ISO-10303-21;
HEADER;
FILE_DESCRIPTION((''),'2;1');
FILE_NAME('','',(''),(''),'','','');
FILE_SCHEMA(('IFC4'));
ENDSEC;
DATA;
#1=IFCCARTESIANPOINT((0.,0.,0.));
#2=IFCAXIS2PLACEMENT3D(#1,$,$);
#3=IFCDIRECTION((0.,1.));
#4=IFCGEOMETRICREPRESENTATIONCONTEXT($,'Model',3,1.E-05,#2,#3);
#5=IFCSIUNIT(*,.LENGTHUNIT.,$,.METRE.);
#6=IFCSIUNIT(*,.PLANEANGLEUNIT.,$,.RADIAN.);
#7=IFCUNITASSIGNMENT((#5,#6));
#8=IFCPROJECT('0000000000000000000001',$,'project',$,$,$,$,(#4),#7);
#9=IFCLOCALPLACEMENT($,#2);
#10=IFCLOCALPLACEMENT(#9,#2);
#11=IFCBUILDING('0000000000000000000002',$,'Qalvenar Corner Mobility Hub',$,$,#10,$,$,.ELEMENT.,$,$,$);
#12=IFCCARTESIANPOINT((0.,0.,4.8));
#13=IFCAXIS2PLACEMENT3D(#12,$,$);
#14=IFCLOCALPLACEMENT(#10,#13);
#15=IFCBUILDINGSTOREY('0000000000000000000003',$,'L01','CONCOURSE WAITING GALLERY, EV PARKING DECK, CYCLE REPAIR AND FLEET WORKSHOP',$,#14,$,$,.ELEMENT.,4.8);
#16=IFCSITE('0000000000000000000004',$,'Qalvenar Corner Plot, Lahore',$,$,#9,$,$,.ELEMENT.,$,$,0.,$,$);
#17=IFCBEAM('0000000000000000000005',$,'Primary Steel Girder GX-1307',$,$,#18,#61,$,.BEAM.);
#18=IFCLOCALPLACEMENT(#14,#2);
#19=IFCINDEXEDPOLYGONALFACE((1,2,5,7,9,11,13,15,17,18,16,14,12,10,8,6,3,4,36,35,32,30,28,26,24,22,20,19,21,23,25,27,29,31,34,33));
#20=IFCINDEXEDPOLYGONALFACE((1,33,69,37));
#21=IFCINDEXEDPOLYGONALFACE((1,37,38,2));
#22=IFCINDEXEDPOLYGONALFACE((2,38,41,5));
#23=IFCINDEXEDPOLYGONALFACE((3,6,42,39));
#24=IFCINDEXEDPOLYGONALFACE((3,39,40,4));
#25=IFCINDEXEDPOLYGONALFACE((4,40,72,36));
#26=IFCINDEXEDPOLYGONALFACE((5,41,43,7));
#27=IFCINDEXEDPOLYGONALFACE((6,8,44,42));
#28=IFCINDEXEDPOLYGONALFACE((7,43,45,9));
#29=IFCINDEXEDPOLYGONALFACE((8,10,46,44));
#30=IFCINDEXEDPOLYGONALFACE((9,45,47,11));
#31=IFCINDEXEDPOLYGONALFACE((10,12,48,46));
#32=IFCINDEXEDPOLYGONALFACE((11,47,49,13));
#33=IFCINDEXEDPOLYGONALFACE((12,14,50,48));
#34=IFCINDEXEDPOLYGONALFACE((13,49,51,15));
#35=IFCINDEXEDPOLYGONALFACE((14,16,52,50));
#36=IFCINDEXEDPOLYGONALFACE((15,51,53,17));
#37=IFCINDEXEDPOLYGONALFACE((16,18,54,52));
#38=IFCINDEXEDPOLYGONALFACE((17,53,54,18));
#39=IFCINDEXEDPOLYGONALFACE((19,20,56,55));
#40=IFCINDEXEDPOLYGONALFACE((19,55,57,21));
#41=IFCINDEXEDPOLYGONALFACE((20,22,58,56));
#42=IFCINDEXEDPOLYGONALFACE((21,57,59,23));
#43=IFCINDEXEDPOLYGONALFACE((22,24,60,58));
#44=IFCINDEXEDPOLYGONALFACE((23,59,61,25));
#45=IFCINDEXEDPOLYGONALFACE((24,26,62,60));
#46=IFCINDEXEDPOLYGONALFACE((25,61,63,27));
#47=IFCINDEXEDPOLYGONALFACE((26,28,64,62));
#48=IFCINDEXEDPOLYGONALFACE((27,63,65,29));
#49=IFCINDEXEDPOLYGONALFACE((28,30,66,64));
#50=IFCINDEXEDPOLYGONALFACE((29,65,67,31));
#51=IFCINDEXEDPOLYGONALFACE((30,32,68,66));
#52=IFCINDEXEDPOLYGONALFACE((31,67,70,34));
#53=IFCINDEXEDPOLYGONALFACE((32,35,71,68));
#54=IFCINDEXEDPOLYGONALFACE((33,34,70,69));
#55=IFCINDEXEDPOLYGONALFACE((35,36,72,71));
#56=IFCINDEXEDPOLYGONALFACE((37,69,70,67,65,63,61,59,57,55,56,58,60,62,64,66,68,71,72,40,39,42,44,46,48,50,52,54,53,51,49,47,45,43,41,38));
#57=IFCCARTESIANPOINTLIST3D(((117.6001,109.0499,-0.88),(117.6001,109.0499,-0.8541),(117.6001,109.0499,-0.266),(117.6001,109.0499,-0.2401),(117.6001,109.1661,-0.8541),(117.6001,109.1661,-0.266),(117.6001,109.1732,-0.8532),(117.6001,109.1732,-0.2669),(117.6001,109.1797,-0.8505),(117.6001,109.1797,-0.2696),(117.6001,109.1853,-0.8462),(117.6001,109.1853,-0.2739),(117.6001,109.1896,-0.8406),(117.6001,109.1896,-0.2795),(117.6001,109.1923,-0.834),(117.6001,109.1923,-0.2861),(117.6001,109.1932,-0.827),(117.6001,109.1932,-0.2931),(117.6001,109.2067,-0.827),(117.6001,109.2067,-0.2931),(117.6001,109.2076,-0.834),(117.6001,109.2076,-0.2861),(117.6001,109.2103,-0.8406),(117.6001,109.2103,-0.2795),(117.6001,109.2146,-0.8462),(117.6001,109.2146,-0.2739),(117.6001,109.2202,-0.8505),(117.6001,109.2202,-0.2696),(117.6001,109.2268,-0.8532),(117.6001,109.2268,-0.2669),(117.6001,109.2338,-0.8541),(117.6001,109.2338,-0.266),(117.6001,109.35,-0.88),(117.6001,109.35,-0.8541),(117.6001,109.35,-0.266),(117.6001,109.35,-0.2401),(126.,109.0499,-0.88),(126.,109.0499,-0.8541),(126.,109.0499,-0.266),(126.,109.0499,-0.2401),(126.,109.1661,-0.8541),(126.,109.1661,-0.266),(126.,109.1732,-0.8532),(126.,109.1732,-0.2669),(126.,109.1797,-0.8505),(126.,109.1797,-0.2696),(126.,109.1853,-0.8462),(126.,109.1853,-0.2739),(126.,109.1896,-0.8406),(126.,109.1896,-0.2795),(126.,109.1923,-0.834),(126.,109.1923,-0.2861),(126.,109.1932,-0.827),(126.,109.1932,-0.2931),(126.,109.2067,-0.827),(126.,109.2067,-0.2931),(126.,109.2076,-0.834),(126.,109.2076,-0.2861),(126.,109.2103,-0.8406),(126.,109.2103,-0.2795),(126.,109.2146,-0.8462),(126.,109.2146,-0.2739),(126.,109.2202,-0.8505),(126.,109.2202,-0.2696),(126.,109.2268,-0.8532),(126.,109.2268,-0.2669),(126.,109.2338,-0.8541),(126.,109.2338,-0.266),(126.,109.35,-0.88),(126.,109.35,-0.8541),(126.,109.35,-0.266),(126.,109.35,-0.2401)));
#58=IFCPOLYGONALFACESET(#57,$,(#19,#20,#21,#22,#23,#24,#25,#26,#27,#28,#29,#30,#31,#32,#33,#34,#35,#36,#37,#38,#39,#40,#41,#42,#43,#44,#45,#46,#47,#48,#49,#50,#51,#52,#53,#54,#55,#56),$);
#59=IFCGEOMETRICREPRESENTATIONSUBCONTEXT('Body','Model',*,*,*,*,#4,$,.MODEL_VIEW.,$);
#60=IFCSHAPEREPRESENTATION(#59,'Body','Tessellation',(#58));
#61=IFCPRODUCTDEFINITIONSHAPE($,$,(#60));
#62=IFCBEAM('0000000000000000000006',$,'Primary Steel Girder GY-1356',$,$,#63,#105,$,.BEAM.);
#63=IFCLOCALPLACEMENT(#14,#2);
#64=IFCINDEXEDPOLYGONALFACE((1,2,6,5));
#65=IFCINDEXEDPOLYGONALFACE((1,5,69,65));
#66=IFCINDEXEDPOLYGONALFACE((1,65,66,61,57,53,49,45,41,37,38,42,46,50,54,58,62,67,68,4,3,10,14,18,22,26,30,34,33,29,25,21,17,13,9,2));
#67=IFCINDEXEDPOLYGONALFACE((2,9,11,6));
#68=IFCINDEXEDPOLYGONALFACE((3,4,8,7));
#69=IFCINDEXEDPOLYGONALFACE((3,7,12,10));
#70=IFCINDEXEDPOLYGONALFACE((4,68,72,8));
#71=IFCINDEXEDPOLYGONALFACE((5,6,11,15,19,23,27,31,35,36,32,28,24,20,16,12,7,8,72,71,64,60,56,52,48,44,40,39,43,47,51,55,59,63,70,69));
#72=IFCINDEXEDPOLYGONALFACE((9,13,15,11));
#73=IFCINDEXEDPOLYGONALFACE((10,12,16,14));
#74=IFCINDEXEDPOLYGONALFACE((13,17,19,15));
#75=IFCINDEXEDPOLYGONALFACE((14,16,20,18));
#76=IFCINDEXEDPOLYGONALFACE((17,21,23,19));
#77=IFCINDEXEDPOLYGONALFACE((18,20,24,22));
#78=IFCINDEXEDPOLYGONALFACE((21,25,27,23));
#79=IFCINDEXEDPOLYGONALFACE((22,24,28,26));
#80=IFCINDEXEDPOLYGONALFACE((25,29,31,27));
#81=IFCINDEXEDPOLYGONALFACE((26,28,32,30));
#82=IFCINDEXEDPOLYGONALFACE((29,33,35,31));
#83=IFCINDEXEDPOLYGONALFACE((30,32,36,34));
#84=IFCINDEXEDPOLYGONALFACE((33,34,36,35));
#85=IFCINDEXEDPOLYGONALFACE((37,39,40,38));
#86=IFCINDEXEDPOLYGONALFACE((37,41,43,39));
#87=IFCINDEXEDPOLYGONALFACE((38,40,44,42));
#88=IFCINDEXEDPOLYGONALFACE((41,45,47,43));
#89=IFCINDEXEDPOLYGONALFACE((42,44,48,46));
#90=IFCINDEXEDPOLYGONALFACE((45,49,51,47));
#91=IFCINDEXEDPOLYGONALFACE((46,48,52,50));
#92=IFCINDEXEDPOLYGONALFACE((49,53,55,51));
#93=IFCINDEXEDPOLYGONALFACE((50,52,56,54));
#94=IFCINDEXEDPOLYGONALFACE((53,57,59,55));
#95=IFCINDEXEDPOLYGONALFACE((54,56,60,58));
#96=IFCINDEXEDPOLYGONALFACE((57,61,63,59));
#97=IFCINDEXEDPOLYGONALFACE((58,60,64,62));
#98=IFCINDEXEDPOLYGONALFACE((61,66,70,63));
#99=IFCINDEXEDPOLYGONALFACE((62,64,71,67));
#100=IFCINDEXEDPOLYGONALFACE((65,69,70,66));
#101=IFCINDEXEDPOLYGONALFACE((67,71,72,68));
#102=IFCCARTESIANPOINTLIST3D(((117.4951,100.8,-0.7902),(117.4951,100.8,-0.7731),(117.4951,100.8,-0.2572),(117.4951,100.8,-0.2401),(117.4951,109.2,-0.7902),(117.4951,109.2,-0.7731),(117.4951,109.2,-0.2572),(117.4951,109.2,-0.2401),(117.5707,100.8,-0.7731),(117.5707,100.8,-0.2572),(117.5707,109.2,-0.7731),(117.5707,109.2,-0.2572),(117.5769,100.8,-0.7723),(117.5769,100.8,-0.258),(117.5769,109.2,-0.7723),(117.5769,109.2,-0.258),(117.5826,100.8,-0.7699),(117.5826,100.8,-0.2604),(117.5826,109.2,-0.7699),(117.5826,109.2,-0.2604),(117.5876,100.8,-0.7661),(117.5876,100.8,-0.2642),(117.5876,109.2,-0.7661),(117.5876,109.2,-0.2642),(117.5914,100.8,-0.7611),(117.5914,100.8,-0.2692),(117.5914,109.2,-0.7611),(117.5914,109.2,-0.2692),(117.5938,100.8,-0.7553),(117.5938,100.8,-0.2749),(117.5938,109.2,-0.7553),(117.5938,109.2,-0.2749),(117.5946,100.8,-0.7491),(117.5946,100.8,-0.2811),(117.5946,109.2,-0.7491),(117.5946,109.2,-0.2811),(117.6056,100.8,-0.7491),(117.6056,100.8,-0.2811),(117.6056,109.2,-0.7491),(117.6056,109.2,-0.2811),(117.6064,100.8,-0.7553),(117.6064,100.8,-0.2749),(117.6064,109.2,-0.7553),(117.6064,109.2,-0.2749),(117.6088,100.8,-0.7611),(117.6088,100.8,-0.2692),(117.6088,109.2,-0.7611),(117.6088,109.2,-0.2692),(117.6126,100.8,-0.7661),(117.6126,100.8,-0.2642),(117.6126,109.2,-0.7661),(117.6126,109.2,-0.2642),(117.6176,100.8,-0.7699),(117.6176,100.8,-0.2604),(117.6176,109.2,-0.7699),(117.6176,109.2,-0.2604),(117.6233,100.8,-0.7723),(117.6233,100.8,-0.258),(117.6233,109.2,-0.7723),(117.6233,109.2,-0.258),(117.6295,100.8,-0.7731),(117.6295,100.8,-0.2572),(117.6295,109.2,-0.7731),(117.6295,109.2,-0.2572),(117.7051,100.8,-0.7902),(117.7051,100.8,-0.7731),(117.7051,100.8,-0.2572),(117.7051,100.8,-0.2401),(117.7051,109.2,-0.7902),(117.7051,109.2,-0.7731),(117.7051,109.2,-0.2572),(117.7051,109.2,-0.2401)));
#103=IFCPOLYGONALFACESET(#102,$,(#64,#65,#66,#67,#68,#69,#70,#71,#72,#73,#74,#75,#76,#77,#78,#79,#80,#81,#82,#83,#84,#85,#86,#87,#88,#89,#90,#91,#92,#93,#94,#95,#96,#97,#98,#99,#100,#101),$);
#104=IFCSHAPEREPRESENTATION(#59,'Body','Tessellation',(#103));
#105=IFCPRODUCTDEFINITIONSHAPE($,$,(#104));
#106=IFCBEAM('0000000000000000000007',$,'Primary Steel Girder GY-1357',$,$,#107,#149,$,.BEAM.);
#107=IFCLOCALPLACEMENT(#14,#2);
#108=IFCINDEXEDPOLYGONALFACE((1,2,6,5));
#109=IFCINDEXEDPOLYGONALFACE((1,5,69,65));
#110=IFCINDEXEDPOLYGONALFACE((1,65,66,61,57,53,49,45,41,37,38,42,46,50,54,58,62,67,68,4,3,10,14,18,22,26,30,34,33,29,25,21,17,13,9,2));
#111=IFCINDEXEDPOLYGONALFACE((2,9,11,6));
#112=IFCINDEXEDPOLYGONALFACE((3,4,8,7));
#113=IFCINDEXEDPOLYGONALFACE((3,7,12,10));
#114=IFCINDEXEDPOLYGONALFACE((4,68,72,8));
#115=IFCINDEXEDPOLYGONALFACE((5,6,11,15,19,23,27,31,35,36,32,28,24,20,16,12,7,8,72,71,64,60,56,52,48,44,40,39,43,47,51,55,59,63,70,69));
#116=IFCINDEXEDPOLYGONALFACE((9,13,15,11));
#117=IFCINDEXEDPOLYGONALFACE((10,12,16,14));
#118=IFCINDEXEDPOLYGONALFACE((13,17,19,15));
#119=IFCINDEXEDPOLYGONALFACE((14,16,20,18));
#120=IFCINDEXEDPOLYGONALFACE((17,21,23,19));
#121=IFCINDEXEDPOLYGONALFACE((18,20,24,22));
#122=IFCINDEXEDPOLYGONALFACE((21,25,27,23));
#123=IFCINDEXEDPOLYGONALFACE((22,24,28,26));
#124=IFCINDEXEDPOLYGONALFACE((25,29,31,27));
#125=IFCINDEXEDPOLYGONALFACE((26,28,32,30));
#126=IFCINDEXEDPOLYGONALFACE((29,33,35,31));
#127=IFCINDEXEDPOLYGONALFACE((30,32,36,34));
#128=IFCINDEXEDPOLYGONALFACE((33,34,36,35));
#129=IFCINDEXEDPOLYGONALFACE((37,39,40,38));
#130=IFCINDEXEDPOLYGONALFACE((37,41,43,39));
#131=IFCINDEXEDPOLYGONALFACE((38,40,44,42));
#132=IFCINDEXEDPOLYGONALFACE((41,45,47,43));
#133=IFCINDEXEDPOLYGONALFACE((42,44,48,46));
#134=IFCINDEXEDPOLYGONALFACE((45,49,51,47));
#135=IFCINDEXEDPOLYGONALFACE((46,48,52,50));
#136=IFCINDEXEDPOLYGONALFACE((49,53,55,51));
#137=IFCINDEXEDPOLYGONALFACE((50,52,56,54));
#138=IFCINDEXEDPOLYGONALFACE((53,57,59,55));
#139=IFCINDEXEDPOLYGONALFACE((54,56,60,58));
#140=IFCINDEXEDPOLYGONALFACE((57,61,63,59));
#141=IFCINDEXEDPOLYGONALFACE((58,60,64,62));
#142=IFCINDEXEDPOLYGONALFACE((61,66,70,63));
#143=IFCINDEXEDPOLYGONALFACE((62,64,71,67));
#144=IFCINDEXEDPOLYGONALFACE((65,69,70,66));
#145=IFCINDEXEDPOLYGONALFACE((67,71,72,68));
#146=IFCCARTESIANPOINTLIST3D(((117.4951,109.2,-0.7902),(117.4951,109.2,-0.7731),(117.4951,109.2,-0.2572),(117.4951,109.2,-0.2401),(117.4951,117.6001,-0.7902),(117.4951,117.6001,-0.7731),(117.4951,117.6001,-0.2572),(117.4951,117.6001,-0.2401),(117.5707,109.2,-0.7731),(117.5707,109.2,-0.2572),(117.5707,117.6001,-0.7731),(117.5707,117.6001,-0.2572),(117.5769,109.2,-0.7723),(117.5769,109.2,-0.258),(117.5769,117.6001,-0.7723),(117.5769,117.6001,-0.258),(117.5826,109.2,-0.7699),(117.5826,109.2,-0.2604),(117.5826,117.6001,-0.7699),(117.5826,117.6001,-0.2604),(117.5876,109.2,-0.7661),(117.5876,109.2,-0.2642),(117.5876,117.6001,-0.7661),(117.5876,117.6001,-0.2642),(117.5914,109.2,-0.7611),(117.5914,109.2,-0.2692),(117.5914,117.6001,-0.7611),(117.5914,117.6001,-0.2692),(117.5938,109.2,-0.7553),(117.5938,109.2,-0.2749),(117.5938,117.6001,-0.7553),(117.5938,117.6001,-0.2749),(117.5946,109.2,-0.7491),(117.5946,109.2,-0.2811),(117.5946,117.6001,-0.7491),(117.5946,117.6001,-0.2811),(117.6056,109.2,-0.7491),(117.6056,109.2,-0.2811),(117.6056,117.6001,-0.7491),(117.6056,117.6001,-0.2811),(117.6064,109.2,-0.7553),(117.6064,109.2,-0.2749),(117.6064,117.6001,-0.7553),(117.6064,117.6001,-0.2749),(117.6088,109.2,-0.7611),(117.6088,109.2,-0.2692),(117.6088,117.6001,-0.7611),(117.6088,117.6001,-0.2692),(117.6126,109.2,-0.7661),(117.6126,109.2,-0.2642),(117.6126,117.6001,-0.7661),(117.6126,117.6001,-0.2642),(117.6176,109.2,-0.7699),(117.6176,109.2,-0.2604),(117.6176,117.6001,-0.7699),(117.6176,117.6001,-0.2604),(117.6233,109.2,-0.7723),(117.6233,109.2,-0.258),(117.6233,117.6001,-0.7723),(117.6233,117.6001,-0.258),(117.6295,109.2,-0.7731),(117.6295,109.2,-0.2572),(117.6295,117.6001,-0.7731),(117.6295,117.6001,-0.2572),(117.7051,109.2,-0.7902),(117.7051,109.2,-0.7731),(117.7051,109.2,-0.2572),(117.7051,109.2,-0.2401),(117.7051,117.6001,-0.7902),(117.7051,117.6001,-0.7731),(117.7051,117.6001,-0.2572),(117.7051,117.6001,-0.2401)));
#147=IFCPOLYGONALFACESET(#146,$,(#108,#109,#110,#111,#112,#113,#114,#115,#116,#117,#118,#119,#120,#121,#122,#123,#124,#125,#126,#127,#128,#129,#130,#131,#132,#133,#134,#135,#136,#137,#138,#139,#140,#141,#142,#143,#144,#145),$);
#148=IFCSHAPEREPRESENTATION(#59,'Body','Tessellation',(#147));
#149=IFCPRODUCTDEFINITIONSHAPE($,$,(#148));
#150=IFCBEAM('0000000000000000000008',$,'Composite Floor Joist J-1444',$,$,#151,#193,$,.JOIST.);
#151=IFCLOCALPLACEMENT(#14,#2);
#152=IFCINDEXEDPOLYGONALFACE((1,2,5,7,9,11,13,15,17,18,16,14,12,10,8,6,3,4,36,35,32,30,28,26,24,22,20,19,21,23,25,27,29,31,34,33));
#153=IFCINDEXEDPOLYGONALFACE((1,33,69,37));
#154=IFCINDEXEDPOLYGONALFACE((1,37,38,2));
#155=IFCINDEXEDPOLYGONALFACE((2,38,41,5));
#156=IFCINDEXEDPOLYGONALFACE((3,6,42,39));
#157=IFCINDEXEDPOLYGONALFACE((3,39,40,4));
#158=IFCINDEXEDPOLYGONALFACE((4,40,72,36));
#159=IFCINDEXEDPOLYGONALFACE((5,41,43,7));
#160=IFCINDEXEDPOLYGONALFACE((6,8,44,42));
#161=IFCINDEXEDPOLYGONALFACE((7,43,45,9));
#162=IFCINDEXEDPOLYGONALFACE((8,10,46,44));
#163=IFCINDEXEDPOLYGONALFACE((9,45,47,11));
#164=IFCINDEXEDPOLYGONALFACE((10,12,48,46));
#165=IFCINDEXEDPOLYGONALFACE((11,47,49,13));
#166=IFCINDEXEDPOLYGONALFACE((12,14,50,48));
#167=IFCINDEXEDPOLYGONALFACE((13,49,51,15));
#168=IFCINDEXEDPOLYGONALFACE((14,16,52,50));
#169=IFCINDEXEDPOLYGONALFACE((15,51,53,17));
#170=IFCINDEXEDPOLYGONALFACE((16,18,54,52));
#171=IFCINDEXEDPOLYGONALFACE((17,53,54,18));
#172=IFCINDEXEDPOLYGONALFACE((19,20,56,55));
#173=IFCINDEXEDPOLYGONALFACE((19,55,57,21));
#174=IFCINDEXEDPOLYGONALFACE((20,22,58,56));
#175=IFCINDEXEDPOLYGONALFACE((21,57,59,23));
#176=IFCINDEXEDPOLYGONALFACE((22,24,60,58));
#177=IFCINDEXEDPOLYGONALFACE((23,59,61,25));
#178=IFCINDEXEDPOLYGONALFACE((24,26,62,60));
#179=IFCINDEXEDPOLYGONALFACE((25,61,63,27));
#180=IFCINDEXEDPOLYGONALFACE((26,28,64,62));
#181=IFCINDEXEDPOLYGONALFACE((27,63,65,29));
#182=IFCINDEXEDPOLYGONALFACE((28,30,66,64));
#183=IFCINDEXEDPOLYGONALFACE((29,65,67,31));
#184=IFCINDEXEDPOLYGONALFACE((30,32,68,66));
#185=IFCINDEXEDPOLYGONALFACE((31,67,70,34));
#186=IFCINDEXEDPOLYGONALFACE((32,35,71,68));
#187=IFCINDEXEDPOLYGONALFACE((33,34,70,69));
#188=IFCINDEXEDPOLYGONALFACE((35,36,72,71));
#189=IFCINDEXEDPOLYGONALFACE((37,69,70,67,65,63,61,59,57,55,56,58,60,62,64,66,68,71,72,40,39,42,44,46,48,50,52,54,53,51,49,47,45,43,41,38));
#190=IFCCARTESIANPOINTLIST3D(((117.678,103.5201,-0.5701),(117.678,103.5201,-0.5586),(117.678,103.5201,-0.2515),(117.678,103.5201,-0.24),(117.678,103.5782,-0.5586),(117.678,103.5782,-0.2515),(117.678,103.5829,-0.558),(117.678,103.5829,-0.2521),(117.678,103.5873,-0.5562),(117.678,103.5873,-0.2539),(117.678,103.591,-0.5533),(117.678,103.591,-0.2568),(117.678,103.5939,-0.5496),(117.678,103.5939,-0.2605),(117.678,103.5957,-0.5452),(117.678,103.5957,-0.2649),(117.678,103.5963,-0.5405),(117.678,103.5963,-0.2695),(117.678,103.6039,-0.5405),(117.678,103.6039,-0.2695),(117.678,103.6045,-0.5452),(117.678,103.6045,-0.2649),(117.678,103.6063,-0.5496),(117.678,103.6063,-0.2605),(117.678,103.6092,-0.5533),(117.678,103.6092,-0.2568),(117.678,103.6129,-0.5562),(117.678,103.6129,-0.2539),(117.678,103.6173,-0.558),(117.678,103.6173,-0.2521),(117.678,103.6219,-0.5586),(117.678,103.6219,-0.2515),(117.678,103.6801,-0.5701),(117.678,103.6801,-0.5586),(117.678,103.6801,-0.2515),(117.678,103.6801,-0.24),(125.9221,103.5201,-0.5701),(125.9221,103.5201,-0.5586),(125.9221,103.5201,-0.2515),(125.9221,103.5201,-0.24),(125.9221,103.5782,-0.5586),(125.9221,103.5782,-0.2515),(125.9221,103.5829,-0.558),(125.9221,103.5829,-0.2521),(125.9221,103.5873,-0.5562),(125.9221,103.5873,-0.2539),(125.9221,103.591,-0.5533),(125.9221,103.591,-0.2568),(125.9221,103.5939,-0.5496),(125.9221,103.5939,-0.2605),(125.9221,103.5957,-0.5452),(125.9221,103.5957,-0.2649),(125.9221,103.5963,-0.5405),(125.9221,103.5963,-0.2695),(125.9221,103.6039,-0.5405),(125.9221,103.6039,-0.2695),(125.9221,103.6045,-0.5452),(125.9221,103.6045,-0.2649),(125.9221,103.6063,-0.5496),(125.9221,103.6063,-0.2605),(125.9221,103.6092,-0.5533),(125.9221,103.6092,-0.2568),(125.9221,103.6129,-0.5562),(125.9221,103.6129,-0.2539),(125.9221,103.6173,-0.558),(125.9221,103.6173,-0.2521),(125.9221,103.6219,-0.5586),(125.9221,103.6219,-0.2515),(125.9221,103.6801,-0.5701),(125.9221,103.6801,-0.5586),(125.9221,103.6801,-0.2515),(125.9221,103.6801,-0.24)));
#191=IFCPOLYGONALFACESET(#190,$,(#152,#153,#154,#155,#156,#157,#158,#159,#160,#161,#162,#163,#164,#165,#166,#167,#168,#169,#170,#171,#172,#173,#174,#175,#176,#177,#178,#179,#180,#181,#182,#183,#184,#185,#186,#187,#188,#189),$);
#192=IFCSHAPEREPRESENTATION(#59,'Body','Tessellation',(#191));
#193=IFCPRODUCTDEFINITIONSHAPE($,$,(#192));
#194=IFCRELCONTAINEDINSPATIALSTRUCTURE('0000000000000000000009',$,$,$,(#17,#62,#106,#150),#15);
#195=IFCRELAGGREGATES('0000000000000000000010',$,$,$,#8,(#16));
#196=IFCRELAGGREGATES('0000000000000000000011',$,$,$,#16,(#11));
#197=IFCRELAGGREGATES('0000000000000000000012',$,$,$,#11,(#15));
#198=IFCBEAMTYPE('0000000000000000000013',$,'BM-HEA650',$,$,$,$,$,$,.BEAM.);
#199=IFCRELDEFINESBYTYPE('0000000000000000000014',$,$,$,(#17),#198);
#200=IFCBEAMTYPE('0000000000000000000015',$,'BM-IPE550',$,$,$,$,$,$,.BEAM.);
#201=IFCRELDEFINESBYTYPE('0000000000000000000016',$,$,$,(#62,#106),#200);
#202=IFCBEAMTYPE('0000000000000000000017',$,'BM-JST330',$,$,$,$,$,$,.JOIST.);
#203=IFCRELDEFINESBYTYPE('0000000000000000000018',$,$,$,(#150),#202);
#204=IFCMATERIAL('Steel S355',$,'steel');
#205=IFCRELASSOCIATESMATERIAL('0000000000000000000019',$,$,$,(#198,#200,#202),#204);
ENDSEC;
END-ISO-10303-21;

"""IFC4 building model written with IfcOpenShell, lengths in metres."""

from ifc_helpers import new_model, si_unit, direction, frame, origin, origin_2d, place, context, subcontext, project, spatial, i_section, extrude, material, material_profile, profile_set, type_object, element, save


model = new_model("IFC4")

# Units and contexts
model_context = context("Model", 3, precision=1e-05, world=origin(), true_north=direction((0.0, 1.0)))
body_context = subcontext(model_context, "Body", "Model", "MODEL_VIEW")
ifc_project = project(units=[si_unit("LENGTHUNIT", "METRE"), si_unit("PLANEANGLEUNIT", "RADIAN")], contexts=[model_context])

# Site, building, storey
site_placement = place(None, origin())
site = spatial("IfcSite", under=ifc_project, at=site_placement, Name="Qalvenar Corner Plot, Lahore", CompositionType="ELEMENT", RefElevation=0.0)
building_placement = place(site_placement, origin())
building = spatial("IfcBuilding", under=site, at=building_placement, Name="Qalvenar Corner Mobility Hub", CompositionType="ELEMENT")
storey_placement = place(building_placement, frame((0.0, 0.0, 4.8)))
storey = spatial("IfcBuildingStorey", under=building, at=storey_placement, Name="L01", Description="CONCOURSE WAITING GALLERY, EV PARKING DECK, CYCLE REPAIR AND FLEET WORKSHOP", CompositionType="ELEMENT", Elevation=4.8)

# Shared definitions
ifc_material = material(Name="Steel S355", Category="steel")

# Beams
ifc_material_profile_1 = material_profile(ifc_material, i_section(OverallWidth=0.3, OverallDepth=0.6399, WebThickness=0.0134, FlangeThickness=0.0259, FilletRadius=0.0271, at=origin_2d()), Name="HEA650")
ifc_profile_set_1 = profile_set([ifc_material_profile_1], Name="Steel S355")
beam_type_1 = type_object("IfcBeamType", Name="BM-HEA650", PredefinedType="BEAM", material=ifc_profile_set_1)
for number, where, z_axis, x_axis, name in (
    (1, (117.6001, 109.2, -0.5601), (1.0, 0.0, 0.0), (0.0, 1.0, 0.0), "Primary Steel Girder GX-1307"),
):
    element("IfcBeam", number, at=place(storey_placement, frame(where, z_axis=z_axis, x_axis=x_axis)), inside=storey, type_object=beam_type_1, Name=name, PredefinedType="BEAM", context=body_context, shape_type="SweptSolid", body=[
        extrude(i_section(OverallWidth=0.3, OverallDepth=0.6399, WebThickness=0.0134, FlangeThickness=0.0259, FilletRadius=0.0271, at=origin_2d()), origin(), (0.0, 0.0, 1.0), 8.3999),
    ])
ifc_material_profile_2 = material_profile(ifc_material, i_section(OverallWidth=0.21, OverallDepth=0.55, WebThickness=0.011, FlangeThickness=0.0171, FilletRadius=0.0239, at=origin_2d()), Name="IPE550")
ifc_profile_set_2 = profile_set([ifc_material_profile_2], Name="Steel S355")
beam_type_2 = type_object("IfcBeamType", Name="BM-IPE550", PredefinedType="BEAM", material=ifc_profile_set_2)
beam_1_placement = place(storey_placement, frame((117.6001, 100.8, -0.5151), z_axis=(0.0, 1.0, 0.0), x_axis=(-1.0, 0.0, 0.0)))
element("IfcBeam", 2, at=beam_1_placement, inside=storey, type_object=beam_type_2, Name="Primary Steel Girder GY-1356", PredefinedType="BEAM", context=body_context, shape_type="SweptSolid", body=[
    extrude(i_section(OverallWidth=0.21, OverallDepth=0.55, WebThickness=0.011, FlangeThickness=0.0171, FilletRadius=0.0239, at=origin_2d()), origin(), (0.0, 0.0, 1.0), 8.3999),
])
beam_2_placement = place(storey_placement, frame((117.6001, 109.2, -0.5151), z_axis=(0.0, 1.0, 0.0), x_axis=(-1.0, 0.0, 0.0)))
element("IfcBeam", 3, at=beam_2_placement, inside=storey, type_object=beam_type_2, Name="Primary Steel Girder GY-1357", PredefinedType="BEAM", context=body_context, shape_type="SweptSolid", body=[
    extrude(i_section(OverallWidth=0.21, OverallDepth=0.55, WebThickness=0.011, FlangeThickness=0.0171, FilletRadius=0.0239, at=origin_2d()), origin(), (0.0, 0.0, 1.0), 8.4001),
])
ifc_material_profile_3 = material_profile(ifc_material, i_section(OverallWidth=0.1599, OverallDepth=0.3301, WebThickness=0.0076, FlangeThickness=0.0115, FilletRadius=0.0181, at=origin_2d()), Name="IPE330")
ifc_profile_set_3 = profile_set([ifc_material_profile_3], Name="Steel S355")
beam_type_3 = type_object("IfcBeamType", Name="BM-JST330", PredefinedType="JOIST", material=ifc_profile_set_3)
for number, where, z_axis, x_axis, name in (
    (4, (117.678, 103.6001, -0.405), (1.0, 0.0, 0.0), (0.0, 1.0, 0.0), "Composite Floor Joist J-1444"),
):
    element("IfcBeam", number, at=place(storey_placement, frame(where, z_axis=z_axis, x_axis=x_axis)), inside=storey, type_object=beam_type_3, Name=name, PredefinedType="JOIST", context=body_context, shape_type="SweptSolid", body=[
        extrude(i_section(OverallWidth=0.1599, OverallDepth=0.3301, WebThickness=0.0076, FlangeThickness=0.0115, FilletRadius=0.0181, at=origin_2d()), origin(), (0.0, 0.0, 1.0), 8.2441),
    ])

save(model, "model.ifc")
